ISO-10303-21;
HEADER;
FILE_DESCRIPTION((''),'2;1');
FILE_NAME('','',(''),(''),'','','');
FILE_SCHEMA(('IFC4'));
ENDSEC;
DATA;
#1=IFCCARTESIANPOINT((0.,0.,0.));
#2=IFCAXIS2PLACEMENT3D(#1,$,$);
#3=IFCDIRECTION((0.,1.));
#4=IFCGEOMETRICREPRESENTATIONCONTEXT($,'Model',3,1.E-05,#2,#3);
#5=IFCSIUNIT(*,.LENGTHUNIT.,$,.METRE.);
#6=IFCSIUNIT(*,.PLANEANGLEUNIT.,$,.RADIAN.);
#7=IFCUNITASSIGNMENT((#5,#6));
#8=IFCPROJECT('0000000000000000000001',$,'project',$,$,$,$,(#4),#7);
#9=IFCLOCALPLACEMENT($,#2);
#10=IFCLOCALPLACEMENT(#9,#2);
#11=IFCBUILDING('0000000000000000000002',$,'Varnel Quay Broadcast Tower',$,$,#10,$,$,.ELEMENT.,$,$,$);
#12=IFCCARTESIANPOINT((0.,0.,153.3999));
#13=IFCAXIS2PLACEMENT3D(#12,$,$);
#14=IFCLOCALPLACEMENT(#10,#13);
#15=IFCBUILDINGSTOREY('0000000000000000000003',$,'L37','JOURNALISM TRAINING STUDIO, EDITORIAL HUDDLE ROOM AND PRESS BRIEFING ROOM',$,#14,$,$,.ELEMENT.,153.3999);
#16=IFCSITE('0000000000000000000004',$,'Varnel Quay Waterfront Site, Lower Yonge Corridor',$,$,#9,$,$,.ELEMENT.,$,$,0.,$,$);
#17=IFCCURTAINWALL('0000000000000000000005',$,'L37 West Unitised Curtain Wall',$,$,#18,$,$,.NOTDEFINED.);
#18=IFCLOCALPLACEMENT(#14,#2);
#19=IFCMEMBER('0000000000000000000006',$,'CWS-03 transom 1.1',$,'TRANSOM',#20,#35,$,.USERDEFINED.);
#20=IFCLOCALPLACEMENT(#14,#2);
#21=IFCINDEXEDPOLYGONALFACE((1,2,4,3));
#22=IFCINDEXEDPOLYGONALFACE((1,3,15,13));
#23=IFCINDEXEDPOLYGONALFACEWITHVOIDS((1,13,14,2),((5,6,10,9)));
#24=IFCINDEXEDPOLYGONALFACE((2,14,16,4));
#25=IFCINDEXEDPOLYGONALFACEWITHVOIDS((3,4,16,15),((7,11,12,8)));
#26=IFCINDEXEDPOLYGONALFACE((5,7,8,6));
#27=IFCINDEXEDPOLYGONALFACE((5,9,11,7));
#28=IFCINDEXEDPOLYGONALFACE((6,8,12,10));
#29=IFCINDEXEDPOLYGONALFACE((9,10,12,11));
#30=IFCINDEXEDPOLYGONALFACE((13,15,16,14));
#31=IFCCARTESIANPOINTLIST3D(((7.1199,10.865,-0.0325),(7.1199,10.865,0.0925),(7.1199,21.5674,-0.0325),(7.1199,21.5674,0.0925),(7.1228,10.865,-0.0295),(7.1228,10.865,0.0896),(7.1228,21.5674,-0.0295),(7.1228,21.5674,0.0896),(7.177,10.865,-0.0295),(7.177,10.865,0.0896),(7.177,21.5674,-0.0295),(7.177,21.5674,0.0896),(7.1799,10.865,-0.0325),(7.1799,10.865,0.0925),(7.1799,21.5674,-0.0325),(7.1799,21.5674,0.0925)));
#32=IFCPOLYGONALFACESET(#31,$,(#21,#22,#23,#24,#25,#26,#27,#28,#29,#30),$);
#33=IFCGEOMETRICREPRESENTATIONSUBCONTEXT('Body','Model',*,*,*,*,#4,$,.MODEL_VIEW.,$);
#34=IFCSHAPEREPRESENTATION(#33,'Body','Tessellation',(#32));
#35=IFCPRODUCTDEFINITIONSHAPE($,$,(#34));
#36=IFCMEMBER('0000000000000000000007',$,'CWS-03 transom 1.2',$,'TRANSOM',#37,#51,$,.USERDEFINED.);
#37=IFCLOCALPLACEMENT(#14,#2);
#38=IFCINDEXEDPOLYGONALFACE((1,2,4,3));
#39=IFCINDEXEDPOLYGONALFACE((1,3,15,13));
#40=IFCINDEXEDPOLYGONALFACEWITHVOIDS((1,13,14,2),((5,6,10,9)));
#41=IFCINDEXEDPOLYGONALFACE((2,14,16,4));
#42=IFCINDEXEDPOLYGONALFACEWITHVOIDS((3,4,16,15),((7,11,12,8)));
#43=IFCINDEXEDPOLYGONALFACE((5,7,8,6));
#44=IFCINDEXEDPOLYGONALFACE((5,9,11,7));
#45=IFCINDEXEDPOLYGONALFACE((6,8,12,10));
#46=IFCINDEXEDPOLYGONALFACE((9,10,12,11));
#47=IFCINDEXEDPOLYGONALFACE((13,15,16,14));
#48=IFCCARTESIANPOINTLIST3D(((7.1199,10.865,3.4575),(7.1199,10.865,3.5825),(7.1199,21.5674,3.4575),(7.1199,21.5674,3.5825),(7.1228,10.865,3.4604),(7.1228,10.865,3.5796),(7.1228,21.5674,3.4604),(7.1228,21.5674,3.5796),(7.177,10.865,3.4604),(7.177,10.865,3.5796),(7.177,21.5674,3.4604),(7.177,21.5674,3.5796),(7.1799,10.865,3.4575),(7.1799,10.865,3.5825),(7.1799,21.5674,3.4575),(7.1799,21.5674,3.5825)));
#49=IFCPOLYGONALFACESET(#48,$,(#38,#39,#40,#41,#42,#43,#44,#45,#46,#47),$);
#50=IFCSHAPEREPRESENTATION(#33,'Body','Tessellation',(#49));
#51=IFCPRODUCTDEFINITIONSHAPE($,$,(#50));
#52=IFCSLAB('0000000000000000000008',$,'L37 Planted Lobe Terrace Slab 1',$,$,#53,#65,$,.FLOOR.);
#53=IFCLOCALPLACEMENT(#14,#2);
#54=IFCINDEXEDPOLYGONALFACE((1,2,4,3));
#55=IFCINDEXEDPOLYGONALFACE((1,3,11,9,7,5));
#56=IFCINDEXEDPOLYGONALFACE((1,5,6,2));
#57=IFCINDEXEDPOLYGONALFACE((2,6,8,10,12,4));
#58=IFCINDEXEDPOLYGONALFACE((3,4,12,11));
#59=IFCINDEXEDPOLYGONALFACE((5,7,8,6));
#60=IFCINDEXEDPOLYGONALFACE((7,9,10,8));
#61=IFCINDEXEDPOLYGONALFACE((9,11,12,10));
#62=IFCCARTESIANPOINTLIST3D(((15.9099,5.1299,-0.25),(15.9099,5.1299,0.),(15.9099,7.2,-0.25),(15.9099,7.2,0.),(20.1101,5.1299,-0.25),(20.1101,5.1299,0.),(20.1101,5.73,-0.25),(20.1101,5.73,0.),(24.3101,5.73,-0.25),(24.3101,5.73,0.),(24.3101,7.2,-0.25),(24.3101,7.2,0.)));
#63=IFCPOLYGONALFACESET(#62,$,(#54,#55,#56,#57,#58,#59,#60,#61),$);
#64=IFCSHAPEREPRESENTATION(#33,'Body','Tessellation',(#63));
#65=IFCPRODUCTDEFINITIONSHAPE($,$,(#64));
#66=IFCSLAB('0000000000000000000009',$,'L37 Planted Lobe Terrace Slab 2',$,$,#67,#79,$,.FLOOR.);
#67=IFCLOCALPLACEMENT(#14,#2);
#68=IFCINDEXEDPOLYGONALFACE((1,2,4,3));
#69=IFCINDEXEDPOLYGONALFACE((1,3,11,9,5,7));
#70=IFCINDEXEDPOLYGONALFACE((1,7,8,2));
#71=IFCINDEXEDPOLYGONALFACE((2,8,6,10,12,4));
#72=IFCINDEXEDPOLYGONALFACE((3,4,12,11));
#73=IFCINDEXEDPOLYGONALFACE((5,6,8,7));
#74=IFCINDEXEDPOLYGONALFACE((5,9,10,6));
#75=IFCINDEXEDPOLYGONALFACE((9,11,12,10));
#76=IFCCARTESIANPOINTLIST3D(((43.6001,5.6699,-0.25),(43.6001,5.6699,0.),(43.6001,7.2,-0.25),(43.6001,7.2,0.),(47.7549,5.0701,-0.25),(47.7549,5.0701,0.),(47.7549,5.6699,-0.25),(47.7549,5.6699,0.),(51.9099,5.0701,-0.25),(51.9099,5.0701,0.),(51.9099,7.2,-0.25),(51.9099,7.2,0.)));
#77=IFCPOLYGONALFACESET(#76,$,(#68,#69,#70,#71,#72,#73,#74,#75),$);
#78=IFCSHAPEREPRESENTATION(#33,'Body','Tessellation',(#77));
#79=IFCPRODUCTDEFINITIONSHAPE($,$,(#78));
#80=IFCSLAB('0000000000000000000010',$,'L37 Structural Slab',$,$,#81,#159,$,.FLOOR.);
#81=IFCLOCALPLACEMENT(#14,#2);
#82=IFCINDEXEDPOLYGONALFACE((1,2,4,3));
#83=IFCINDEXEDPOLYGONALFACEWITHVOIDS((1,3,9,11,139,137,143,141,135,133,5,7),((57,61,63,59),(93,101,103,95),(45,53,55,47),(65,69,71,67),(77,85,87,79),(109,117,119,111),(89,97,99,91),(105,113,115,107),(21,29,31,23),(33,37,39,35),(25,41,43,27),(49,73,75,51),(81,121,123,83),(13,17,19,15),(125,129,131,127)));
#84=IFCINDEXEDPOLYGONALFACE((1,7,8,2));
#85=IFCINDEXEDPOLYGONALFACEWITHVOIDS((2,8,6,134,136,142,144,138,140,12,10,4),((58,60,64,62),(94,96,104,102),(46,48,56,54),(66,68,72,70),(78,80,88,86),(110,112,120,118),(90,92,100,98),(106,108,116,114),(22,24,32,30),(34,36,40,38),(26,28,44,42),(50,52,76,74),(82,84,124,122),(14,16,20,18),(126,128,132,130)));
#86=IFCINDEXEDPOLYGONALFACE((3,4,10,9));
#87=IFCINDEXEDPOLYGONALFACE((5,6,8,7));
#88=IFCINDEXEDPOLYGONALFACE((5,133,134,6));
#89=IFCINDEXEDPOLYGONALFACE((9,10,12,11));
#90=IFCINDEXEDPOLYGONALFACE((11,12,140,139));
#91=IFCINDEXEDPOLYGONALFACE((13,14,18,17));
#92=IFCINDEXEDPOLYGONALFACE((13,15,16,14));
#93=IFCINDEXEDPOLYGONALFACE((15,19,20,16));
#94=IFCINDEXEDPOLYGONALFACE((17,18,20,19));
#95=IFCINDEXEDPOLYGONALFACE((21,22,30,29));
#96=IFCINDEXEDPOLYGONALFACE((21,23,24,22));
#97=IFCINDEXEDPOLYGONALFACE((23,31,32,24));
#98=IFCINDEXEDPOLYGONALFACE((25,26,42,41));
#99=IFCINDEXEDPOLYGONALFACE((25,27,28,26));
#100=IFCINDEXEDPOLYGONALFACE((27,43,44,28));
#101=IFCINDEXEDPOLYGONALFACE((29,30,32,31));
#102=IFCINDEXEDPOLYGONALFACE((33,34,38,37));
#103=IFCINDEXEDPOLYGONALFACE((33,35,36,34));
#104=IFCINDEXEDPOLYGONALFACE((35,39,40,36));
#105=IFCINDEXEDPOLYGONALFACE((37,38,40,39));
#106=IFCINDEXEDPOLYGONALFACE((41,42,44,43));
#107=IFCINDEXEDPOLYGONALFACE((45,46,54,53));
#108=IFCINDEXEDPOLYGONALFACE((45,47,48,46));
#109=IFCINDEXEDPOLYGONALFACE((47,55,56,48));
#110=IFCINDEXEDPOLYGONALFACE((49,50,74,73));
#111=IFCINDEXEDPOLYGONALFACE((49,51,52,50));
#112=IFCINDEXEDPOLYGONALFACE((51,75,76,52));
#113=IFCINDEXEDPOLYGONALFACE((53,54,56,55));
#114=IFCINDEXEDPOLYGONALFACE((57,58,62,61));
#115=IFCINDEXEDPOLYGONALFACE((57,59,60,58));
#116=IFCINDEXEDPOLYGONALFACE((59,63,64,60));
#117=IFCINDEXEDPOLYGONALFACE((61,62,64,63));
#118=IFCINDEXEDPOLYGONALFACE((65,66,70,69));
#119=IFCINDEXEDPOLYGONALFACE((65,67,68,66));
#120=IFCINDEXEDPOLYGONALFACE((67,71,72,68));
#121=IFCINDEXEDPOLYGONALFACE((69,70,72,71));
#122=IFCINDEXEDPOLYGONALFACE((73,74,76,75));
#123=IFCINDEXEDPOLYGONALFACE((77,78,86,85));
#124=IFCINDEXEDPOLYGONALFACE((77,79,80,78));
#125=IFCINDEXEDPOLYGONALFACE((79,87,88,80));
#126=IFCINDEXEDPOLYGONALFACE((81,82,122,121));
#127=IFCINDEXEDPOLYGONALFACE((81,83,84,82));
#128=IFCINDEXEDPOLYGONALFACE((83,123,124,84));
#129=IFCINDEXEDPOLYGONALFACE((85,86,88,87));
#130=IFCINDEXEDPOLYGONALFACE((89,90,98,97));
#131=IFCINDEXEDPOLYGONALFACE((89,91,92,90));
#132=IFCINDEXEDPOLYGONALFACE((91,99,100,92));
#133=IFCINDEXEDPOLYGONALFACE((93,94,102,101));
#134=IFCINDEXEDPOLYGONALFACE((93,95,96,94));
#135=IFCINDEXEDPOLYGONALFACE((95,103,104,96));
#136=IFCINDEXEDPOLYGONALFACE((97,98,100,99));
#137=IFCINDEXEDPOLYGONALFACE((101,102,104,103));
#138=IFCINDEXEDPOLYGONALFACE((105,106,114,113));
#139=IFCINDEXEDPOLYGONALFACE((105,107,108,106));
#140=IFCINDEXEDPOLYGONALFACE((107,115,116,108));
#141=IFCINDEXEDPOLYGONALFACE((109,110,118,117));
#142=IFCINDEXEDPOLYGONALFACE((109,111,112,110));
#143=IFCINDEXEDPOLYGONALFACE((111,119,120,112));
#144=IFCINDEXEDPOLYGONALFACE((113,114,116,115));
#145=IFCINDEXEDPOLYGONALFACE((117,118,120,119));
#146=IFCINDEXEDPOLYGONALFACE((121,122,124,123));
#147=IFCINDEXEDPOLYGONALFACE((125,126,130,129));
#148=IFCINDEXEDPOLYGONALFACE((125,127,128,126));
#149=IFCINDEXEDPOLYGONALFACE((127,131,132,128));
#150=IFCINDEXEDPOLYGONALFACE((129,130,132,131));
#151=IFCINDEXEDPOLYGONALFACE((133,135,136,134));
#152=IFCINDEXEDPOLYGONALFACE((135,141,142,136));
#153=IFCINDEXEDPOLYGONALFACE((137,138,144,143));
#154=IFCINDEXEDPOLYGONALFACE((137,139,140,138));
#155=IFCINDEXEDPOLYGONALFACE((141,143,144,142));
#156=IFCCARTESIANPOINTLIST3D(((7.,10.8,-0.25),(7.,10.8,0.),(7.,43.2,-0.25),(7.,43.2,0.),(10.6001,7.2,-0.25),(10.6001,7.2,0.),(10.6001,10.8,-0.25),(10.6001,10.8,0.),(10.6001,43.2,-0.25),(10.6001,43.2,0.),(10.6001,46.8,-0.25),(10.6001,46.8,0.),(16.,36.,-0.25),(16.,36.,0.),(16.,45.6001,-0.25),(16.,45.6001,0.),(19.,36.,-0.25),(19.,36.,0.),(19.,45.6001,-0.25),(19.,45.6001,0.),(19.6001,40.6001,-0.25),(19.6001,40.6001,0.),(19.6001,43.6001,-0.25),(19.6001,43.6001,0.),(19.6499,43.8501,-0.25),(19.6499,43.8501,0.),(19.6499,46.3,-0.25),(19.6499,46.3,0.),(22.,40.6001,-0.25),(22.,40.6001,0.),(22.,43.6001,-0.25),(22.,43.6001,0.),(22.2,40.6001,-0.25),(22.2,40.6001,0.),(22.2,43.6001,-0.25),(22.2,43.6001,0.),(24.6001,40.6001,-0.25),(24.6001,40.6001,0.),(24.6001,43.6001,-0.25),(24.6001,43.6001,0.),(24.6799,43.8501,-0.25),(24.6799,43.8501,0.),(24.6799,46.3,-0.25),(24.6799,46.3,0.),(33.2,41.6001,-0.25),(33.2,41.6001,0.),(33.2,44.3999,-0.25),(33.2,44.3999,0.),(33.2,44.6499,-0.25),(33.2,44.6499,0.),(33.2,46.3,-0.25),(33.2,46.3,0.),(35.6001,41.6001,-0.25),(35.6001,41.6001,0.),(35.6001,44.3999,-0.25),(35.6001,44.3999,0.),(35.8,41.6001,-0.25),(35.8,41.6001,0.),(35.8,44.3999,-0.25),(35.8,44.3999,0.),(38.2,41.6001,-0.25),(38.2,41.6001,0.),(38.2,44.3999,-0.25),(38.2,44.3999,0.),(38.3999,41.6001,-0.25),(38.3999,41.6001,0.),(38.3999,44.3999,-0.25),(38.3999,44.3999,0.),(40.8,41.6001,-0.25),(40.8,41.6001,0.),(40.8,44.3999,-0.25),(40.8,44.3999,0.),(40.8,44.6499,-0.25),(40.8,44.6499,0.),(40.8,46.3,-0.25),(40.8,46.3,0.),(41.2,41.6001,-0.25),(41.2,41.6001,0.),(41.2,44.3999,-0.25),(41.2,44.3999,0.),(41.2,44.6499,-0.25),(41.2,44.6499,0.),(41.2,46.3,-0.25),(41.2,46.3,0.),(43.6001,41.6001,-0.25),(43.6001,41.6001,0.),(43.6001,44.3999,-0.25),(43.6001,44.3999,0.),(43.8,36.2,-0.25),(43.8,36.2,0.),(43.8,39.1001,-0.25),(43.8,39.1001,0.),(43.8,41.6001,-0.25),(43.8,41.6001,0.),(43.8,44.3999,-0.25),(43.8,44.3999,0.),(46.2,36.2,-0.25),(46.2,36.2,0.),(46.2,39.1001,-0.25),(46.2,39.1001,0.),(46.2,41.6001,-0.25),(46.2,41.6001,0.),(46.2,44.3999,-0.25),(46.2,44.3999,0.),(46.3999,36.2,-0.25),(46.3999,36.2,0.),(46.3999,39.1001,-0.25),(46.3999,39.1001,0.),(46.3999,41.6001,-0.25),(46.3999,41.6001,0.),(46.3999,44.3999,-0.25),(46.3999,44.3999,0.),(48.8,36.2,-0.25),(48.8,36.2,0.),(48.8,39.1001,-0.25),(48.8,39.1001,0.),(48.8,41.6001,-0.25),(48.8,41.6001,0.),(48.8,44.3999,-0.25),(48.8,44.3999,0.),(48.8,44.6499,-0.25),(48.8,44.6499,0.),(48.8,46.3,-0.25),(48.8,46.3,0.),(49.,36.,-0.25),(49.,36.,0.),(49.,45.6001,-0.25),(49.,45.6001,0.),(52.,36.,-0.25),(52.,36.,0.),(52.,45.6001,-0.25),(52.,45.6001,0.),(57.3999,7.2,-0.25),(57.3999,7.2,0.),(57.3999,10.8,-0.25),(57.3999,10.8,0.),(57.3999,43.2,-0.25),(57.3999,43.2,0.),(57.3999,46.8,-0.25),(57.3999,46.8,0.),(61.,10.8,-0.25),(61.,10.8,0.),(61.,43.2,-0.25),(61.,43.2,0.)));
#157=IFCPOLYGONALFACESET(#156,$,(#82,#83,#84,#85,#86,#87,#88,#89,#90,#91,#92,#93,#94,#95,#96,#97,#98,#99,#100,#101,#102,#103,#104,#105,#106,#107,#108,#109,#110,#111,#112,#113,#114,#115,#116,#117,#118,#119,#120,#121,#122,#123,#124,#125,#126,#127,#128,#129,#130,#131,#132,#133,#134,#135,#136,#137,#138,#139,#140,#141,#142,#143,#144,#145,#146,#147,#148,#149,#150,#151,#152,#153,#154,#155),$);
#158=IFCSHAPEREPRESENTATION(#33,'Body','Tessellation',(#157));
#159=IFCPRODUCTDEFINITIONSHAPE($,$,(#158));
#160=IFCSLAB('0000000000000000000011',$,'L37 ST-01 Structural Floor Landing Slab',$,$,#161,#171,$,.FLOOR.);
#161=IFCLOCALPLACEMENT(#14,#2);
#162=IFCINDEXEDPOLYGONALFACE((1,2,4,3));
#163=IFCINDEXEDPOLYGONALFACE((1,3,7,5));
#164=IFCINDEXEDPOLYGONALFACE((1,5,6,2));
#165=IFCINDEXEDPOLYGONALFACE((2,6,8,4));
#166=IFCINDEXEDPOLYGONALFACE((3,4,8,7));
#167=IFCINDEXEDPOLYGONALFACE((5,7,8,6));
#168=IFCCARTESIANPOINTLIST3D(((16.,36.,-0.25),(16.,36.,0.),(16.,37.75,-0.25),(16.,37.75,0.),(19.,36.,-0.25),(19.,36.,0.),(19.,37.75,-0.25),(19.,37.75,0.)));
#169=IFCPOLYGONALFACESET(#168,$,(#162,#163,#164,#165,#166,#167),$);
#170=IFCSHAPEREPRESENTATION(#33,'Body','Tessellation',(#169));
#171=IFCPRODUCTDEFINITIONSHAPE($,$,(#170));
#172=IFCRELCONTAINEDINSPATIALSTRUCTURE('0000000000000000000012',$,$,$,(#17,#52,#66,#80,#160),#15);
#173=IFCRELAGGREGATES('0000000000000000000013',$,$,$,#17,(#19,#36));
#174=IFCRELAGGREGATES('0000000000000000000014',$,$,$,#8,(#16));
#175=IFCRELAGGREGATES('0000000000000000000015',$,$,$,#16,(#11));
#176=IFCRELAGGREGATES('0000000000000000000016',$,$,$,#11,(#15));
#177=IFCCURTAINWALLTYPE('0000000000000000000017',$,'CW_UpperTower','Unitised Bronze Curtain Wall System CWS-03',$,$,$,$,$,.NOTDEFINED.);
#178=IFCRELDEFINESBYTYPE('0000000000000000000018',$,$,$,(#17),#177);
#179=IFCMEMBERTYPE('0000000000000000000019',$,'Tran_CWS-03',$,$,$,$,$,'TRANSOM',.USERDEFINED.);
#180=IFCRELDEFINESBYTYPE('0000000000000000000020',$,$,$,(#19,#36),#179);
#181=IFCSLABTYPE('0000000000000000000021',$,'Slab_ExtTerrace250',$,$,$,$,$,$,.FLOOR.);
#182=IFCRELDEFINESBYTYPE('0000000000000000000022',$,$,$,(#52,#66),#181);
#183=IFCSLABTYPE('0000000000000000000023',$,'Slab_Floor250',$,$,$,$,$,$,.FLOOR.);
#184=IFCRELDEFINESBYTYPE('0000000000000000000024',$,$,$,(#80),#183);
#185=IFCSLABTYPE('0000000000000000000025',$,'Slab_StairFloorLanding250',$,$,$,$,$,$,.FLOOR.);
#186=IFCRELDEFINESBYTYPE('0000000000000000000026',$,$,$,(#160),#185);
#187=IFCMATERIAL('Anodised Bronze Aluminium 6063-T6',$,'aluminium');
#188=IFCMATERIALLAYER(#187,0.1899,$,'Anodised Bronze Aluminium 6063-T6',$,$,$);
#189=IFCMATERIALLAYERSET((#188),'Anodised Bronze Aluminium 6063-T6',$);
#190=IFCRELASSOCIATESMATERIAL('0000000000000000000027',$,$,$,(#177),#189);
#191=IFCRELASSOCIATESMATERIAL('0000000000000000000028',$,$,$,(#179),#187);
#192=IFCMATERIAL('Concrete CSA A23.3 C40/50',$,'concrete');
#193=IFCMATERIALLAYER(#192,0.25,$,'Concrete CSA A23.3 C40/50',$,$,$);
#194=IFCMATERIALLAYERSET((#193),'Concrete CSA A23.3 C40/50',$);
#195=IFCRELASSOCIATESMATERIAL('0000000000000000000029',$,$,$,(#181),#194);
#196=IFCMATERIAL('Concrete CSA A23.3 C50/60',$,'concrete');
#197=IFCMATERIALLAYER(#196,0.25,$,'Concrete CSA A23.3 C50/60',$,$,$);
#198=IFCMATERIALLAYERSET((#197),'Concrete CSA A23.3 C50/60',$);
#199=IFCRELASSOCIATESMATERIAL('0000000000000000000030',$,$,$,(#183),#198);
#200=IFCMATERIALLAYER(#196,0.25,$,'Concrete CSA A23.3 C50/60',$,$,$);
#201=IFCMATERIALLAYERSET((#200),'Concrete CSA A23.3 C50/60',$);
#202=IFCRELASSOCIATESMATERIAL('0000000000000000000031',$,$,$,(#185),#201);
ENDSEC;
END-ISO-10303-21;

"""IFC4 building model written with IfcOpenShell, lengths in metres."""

from ifc_helpers import new_model, si_unit, direction, frame, origin, origin_2d, place, context, subcontext, project, spatial, polyline, hollow_rectangle, outline, extrude, source, transform, mapped, material, layer, layer_set, material_profile, profile_set, type_object, type_shapes, element, aggregate, save


model = new_model("IFC4")

# Units and contexts
model_context = context("Model", 3, precision=1e-05, world=origin(), true_north=direction((0.0, 1.0)))
body_context = subcontext(model_context, "Body", "Model", "MODEL_VIEW")
ifc_project = project(units=[si_unit("LENGTHUNIT", "METRE"), si_unit("PLANEANGLEUNIT", "RADIAN")], contexts=[model_context])

# Site, building, storey
site_placement = place(None, origin())
site = spatial("IfcSite", under=ifc_project, at=site_placement, Name="Varnel Quay Waterfront Site, Lower Yonge Corridor", CompositionType="ELEMENT", RefElevation=0.0)
building_placement = place(site_placement, origin())
building = spatial("IfcBuilding", under=site, at=building_placement, Name="Varnel Quay Broadcast Tower", CompositionType="ELEMENT")
storey_placement = place(building_placement, frame((0.0, 0.0, 153.3999)))
storey = spatial("IfcBuildingStorey", under=building, at=storey_placement, Name="L37", Description="JOURNALISM TRAINING STUDIO, EDITORIAL HUDDLE ROOM AND PRESS BRIEFING ROOM", CompositionType="ELEMENT", Elevation=153.3999)

# Curtain wall, members
ifc_material_1 = material(Name="Anodised Bronze Aluminium 6063-T6", Category="aluminium")
ifc_layer_1 = layer(ifc_material_1, 0.1899, Name="Anodised Bronze Aluminium 6063-T6")
ifc_layer_set_1 = layer_set([ifc_layer_1], Name="Anodised Bronze Aluminium 6063-T6")
curtain_wall_type_1 = type_object("IfcCurtainWallType", Name="CW_UpperTower", Description="Unitised Bronze Curtain Wall System CWS-03", PredefinedType="NOTDEFINED", material=ifc_layer_set_1)
curtain_wall_1_placement = place(storey_placement, origin())
curtain_wall_1 = element("IfcCurtainWall", 1, at=curtain_wall_1_placement, inside=storey, type_object=curtain_wall_type_1, Name="L37 West Unitised Curtain Wall", PredefinedType="NOTDEFINED")
ifc_material_profile_1 = material_profile(ifc_material_1, hollow_rectangle(XDim=0.0601, YDim=0.125, WallThickness=0.0029, at=origin_2d()), Name="ALU60X125X3")
ifc_profile_set_1 = profile_set([ifc_material_profile_1], Name="Anodised Bronze Aluminium 6063-T6")
member_type_1 = type_object("IfcMemberType", Name="Tran_CWS-03", ElementType="TRANSOM", PredefinedType="USERDEFINED", material=ifc_profile_set_1)
shared_shape_1 = source(origin(), body_context, "Body", "SweptSolid", [
    extrude(hollow_rectangle(XDim=0.0601, YDim=0.125, WallThickness=0.0029, at=origin_2d()), origin(), (0.0, 0.0, 1.0), 10.7024),
])
type_shapes(member_type_1, [shared_shape_1])
member_1_placement = place(storey_placement, frame((7.1499, 10.865, 0.03), z_axis=(0.0, 1.0, 0.0), x_axis=(-1.0, 0.0, 0.0)))
member_1 = element("IfcMember", 2, at=member_1_placement, type_object=member_type_1, Name="CWS-03 transom 1.1", ObjectType="TRANSOM", PredefinedType="USERDEFINED", context=body_context, shape_type="MappedRepresentation", body=[
    mapped(shared_shape_1, transform((0.0, 0.0, 0.0), x_axis=(1.0, 0.0, 0.0), y_axis=(0.0, 1.0, 0.0), z_axis=(0.0, 0.0, 1.0), scale=1.0)),
])
member_2_placement = place(storey_placement, frame((7.1499, 10.865, 3.52), z_axis=(0.0, 1.0, 0.0), x_axis=(-1.0, 0.0, 0.0)))
member_2 = element("IfcMember", 3, at=member_2_placement, type_object=member_type_1, Name="CWS-03 transom 1.2", ObjectType="TRANSOM", PredefinedType="USERDEFINED", context=body_context, shape_type="MappedRepresentation", body=[
    mapped(shared_shape_1, transform((0.0, 0.0, 0.0), x_axis=(1.0, 0.0, 0.0), y_axis=(0.0, 1.0, 0.0), z_axis=(0.0, 0.0, 1.0), scale=1.0)),
])

# Slabs
ifc_material_2 = material(Name="Concrete CSA A23.3 C40/50", Category="concrete")
ifc_layer_2 = layer(ifc_material_2, 0.25, Name="Concrete CSA A23.3 C40/50")
ifc_layer_set_2 = layer_set([ifc_layer_2], Name="Concrete CSA A23.3 C40/50")
slab_type_1 = type_object("IfcSlabType", Name="Slab_ExtTerrace250", PredefinedType="FLOOR", material=ifc_layer_set_2)
slab_1_placement = place(storey_placement, frame((0.0, 0.0, -0.25)))
element("IfcSlab", 4, at=slab_1_placement, inside=storey, type_object=slab_type_1, Name="L37 Planted Lobe Terrace Slab 1", PredefinedType="FLOOR", context=body_context, shape_type="SweptSolid", body=[
    extrude(outline(polyline([(15.9099, 5.1299), (20.1101, 5.1299), (20.1101, 5.73), (24.3101, 5.73), (24.3101, 7.2), (15.9099, 7.2), (15.9099, 5.1299)])), origin(), (0.0, 0.0, 1.0), 0.25),
])
slab_2_placement = place(storey_placement, frame((0.0, 0.0, -0.25)))
element("IfcSlab", 5, at=slab_2_placement, inside=storey, type_object=slab_type_1, Name="L37 Planted Lobe Terrace Slab 2", PredefinedType="FLOOR", context=body_context, shape_type="SweptSolid", body=[
    extrude(outline(polyline([(43.6001, 5.6699), (47.7549, 5.6699), (47.7549, 5.0701), (51.9099, 5.0701), (51.9099, 7.2), (43.6001, 7.2), (43.6001, 5.6699)])), origin(), (0.0, 0.0, 1.0), 0.25),
])
ifc_material_3 = material(Name="Concrete CSA A23.3 C50/60", Category="concrete")
ifc_layer_3 = layer(ifc_material_3, 0.25, Name="Concrete CSA A23.3 C50/60")
ifc_layer_set_3 = layer_set([ifc_layer_3], Name="Concrete CSA A23.3 C50/60")
slab_type_2 = type_object("IfcSlabType", Name="Slab_Floor250", PredefinedType="FLOOR", material=ifc_layer_set_3)
slab_3_placement = place(storey_placement, frame((0.0, 0.0, -0.25)))
element("IfcSlab", 6, at=slab_3_placement, inside=storey, type_object=slab_type_2, Name="L37 Structural Slab", PredefinedType="FLOOR", context=body_context, shape_type="SweptSolid", body=[
    extrude(outline(polyline([(10.6001, 7.2), (57.3999, 7.2), (57.3999, 10.8), (61.0, 10.8), (61.0, 43.2), (57.3999, 43.2), (57.3999, 46.8), (10.6001, 46.8), (10.6001, 43.2), (7.0, 43.2), (7.0, 10.8), (10.6001, 10.8), (10.6001, 7.2)]), holes=[polyline([(19.0, 36.0), (16.0, 36.0), (16.0, 45.6001), (19.0, 45.6001), (19.0, 36.0)]), polyline([(19.6001, 43.6001), (22.0, 43.6001), (22.0, 40.6001), (19.6001, 40.6001), (19.6001, 43.6001)]), polyline([(22.2, 43.6001), (24.6001, 43.6001), (24.6001, 40.6001), (22.2, 40.6001), (22.2, 43.6001)]), polyline([(33.2, 44.3999), (35.6001, 44.3999), (35.6001, 41.6001), (33.2, 41.6001), (33.2, 44.3999)]), polyline([(35.8, 44.3999), (38.2, 44.3999), (38.2, 41.6001), (35.8, 41.6001), (35.8, 44.3999)]), polyline([(38.3999, 44.3999), (40.8, 44.3999), (40.8, 41.6001), (38.3999, 41.6001), (38.3999, 44.3999)]), polyline([(19.6499, 46.3), (24.6799, 46.3), (24.6799, 43.8501), (19.6499, 43.8501), (19.6499, 46.3)]), polyline([(33.2, 46.3), (40.8, 46.3), (40.8, 44.6499), (33.2, 44.6499), (33.2, 46.3)]), polyline([(43.8, 39.1001), (46.2, 39.1001), (46.2, 36.2), (43.8, 36.2), (43.8, 39.1001)]), polyline([(46.3999, 39.1001), (48.8, 39.1001), (48.8, 36.2), (46.3999, 36.2), (46.3999, 39.1001)]), polyline([(49.0, 36.0), (49.0, 45.6001), (52.0, 45.6001), (52.0, 36.0), (49.0, 36.0)]), polyline([(41.2, 44.3999), (43.6001, 44.3999), (43.6001, 41.6001), (41.2, 41.6001), (41.2, 44.3999)]), polyline([(43.8, 44.3999), (46.2, 44.3999), (46.2, 41.6001), (43.8, 41.6001), (43.8, 44.3999)]), polyline([(46.3999, 44.3999), (48.8, 44.3999), (48.8, 41.6001), (46.3999, 41.6001), (46.3999, 44.3999)]), polyline([(41.2, 46.3), (48.8, 46.3), (48.8, 44.6499), (41.2, 44.6499), (41.2, 46.3)])]), origin(), (0.0, 0.0, 1.0), 0.25),
])
ifc_layer_4 = layer(ifc_material_3, 0.25, Name="Concrete CSA A23.3 C50/60")
ifc_layer_set_4 = layer_set([ifc_layer_4], Name="Concrete CSA A23.3 C50/60")
slab_type_3 = type_object("IfcSlabType", Name="Slab_StairFloorLanding250", PredefinedType="FLOOR", material=ifc_layer_set_4)
slab_4_placement = place(storey_placement, frame((0.0, 0.0, -0.25)))
element("IfcSlab", 7, at=slab_4_placement, inside=storey, type_object=slab_type_3, Name="L37 ST-01 Structural Floor Landing Slab", PredefinedType="FLOOR", context=body_context, shape_type="SweptSolid", body=[
    extrude(outline(polyline([(19.0, 36.0), (19.0, 37.75), (16.0, 37.75), (16.0, 36.0), (19.0, 36.0)])), origin(), (0.0, 0.0, 1.0), 0.25),
])

aggregate(curtain_wall_1, [member_1, member_2])

save(model, "model.ifc")
